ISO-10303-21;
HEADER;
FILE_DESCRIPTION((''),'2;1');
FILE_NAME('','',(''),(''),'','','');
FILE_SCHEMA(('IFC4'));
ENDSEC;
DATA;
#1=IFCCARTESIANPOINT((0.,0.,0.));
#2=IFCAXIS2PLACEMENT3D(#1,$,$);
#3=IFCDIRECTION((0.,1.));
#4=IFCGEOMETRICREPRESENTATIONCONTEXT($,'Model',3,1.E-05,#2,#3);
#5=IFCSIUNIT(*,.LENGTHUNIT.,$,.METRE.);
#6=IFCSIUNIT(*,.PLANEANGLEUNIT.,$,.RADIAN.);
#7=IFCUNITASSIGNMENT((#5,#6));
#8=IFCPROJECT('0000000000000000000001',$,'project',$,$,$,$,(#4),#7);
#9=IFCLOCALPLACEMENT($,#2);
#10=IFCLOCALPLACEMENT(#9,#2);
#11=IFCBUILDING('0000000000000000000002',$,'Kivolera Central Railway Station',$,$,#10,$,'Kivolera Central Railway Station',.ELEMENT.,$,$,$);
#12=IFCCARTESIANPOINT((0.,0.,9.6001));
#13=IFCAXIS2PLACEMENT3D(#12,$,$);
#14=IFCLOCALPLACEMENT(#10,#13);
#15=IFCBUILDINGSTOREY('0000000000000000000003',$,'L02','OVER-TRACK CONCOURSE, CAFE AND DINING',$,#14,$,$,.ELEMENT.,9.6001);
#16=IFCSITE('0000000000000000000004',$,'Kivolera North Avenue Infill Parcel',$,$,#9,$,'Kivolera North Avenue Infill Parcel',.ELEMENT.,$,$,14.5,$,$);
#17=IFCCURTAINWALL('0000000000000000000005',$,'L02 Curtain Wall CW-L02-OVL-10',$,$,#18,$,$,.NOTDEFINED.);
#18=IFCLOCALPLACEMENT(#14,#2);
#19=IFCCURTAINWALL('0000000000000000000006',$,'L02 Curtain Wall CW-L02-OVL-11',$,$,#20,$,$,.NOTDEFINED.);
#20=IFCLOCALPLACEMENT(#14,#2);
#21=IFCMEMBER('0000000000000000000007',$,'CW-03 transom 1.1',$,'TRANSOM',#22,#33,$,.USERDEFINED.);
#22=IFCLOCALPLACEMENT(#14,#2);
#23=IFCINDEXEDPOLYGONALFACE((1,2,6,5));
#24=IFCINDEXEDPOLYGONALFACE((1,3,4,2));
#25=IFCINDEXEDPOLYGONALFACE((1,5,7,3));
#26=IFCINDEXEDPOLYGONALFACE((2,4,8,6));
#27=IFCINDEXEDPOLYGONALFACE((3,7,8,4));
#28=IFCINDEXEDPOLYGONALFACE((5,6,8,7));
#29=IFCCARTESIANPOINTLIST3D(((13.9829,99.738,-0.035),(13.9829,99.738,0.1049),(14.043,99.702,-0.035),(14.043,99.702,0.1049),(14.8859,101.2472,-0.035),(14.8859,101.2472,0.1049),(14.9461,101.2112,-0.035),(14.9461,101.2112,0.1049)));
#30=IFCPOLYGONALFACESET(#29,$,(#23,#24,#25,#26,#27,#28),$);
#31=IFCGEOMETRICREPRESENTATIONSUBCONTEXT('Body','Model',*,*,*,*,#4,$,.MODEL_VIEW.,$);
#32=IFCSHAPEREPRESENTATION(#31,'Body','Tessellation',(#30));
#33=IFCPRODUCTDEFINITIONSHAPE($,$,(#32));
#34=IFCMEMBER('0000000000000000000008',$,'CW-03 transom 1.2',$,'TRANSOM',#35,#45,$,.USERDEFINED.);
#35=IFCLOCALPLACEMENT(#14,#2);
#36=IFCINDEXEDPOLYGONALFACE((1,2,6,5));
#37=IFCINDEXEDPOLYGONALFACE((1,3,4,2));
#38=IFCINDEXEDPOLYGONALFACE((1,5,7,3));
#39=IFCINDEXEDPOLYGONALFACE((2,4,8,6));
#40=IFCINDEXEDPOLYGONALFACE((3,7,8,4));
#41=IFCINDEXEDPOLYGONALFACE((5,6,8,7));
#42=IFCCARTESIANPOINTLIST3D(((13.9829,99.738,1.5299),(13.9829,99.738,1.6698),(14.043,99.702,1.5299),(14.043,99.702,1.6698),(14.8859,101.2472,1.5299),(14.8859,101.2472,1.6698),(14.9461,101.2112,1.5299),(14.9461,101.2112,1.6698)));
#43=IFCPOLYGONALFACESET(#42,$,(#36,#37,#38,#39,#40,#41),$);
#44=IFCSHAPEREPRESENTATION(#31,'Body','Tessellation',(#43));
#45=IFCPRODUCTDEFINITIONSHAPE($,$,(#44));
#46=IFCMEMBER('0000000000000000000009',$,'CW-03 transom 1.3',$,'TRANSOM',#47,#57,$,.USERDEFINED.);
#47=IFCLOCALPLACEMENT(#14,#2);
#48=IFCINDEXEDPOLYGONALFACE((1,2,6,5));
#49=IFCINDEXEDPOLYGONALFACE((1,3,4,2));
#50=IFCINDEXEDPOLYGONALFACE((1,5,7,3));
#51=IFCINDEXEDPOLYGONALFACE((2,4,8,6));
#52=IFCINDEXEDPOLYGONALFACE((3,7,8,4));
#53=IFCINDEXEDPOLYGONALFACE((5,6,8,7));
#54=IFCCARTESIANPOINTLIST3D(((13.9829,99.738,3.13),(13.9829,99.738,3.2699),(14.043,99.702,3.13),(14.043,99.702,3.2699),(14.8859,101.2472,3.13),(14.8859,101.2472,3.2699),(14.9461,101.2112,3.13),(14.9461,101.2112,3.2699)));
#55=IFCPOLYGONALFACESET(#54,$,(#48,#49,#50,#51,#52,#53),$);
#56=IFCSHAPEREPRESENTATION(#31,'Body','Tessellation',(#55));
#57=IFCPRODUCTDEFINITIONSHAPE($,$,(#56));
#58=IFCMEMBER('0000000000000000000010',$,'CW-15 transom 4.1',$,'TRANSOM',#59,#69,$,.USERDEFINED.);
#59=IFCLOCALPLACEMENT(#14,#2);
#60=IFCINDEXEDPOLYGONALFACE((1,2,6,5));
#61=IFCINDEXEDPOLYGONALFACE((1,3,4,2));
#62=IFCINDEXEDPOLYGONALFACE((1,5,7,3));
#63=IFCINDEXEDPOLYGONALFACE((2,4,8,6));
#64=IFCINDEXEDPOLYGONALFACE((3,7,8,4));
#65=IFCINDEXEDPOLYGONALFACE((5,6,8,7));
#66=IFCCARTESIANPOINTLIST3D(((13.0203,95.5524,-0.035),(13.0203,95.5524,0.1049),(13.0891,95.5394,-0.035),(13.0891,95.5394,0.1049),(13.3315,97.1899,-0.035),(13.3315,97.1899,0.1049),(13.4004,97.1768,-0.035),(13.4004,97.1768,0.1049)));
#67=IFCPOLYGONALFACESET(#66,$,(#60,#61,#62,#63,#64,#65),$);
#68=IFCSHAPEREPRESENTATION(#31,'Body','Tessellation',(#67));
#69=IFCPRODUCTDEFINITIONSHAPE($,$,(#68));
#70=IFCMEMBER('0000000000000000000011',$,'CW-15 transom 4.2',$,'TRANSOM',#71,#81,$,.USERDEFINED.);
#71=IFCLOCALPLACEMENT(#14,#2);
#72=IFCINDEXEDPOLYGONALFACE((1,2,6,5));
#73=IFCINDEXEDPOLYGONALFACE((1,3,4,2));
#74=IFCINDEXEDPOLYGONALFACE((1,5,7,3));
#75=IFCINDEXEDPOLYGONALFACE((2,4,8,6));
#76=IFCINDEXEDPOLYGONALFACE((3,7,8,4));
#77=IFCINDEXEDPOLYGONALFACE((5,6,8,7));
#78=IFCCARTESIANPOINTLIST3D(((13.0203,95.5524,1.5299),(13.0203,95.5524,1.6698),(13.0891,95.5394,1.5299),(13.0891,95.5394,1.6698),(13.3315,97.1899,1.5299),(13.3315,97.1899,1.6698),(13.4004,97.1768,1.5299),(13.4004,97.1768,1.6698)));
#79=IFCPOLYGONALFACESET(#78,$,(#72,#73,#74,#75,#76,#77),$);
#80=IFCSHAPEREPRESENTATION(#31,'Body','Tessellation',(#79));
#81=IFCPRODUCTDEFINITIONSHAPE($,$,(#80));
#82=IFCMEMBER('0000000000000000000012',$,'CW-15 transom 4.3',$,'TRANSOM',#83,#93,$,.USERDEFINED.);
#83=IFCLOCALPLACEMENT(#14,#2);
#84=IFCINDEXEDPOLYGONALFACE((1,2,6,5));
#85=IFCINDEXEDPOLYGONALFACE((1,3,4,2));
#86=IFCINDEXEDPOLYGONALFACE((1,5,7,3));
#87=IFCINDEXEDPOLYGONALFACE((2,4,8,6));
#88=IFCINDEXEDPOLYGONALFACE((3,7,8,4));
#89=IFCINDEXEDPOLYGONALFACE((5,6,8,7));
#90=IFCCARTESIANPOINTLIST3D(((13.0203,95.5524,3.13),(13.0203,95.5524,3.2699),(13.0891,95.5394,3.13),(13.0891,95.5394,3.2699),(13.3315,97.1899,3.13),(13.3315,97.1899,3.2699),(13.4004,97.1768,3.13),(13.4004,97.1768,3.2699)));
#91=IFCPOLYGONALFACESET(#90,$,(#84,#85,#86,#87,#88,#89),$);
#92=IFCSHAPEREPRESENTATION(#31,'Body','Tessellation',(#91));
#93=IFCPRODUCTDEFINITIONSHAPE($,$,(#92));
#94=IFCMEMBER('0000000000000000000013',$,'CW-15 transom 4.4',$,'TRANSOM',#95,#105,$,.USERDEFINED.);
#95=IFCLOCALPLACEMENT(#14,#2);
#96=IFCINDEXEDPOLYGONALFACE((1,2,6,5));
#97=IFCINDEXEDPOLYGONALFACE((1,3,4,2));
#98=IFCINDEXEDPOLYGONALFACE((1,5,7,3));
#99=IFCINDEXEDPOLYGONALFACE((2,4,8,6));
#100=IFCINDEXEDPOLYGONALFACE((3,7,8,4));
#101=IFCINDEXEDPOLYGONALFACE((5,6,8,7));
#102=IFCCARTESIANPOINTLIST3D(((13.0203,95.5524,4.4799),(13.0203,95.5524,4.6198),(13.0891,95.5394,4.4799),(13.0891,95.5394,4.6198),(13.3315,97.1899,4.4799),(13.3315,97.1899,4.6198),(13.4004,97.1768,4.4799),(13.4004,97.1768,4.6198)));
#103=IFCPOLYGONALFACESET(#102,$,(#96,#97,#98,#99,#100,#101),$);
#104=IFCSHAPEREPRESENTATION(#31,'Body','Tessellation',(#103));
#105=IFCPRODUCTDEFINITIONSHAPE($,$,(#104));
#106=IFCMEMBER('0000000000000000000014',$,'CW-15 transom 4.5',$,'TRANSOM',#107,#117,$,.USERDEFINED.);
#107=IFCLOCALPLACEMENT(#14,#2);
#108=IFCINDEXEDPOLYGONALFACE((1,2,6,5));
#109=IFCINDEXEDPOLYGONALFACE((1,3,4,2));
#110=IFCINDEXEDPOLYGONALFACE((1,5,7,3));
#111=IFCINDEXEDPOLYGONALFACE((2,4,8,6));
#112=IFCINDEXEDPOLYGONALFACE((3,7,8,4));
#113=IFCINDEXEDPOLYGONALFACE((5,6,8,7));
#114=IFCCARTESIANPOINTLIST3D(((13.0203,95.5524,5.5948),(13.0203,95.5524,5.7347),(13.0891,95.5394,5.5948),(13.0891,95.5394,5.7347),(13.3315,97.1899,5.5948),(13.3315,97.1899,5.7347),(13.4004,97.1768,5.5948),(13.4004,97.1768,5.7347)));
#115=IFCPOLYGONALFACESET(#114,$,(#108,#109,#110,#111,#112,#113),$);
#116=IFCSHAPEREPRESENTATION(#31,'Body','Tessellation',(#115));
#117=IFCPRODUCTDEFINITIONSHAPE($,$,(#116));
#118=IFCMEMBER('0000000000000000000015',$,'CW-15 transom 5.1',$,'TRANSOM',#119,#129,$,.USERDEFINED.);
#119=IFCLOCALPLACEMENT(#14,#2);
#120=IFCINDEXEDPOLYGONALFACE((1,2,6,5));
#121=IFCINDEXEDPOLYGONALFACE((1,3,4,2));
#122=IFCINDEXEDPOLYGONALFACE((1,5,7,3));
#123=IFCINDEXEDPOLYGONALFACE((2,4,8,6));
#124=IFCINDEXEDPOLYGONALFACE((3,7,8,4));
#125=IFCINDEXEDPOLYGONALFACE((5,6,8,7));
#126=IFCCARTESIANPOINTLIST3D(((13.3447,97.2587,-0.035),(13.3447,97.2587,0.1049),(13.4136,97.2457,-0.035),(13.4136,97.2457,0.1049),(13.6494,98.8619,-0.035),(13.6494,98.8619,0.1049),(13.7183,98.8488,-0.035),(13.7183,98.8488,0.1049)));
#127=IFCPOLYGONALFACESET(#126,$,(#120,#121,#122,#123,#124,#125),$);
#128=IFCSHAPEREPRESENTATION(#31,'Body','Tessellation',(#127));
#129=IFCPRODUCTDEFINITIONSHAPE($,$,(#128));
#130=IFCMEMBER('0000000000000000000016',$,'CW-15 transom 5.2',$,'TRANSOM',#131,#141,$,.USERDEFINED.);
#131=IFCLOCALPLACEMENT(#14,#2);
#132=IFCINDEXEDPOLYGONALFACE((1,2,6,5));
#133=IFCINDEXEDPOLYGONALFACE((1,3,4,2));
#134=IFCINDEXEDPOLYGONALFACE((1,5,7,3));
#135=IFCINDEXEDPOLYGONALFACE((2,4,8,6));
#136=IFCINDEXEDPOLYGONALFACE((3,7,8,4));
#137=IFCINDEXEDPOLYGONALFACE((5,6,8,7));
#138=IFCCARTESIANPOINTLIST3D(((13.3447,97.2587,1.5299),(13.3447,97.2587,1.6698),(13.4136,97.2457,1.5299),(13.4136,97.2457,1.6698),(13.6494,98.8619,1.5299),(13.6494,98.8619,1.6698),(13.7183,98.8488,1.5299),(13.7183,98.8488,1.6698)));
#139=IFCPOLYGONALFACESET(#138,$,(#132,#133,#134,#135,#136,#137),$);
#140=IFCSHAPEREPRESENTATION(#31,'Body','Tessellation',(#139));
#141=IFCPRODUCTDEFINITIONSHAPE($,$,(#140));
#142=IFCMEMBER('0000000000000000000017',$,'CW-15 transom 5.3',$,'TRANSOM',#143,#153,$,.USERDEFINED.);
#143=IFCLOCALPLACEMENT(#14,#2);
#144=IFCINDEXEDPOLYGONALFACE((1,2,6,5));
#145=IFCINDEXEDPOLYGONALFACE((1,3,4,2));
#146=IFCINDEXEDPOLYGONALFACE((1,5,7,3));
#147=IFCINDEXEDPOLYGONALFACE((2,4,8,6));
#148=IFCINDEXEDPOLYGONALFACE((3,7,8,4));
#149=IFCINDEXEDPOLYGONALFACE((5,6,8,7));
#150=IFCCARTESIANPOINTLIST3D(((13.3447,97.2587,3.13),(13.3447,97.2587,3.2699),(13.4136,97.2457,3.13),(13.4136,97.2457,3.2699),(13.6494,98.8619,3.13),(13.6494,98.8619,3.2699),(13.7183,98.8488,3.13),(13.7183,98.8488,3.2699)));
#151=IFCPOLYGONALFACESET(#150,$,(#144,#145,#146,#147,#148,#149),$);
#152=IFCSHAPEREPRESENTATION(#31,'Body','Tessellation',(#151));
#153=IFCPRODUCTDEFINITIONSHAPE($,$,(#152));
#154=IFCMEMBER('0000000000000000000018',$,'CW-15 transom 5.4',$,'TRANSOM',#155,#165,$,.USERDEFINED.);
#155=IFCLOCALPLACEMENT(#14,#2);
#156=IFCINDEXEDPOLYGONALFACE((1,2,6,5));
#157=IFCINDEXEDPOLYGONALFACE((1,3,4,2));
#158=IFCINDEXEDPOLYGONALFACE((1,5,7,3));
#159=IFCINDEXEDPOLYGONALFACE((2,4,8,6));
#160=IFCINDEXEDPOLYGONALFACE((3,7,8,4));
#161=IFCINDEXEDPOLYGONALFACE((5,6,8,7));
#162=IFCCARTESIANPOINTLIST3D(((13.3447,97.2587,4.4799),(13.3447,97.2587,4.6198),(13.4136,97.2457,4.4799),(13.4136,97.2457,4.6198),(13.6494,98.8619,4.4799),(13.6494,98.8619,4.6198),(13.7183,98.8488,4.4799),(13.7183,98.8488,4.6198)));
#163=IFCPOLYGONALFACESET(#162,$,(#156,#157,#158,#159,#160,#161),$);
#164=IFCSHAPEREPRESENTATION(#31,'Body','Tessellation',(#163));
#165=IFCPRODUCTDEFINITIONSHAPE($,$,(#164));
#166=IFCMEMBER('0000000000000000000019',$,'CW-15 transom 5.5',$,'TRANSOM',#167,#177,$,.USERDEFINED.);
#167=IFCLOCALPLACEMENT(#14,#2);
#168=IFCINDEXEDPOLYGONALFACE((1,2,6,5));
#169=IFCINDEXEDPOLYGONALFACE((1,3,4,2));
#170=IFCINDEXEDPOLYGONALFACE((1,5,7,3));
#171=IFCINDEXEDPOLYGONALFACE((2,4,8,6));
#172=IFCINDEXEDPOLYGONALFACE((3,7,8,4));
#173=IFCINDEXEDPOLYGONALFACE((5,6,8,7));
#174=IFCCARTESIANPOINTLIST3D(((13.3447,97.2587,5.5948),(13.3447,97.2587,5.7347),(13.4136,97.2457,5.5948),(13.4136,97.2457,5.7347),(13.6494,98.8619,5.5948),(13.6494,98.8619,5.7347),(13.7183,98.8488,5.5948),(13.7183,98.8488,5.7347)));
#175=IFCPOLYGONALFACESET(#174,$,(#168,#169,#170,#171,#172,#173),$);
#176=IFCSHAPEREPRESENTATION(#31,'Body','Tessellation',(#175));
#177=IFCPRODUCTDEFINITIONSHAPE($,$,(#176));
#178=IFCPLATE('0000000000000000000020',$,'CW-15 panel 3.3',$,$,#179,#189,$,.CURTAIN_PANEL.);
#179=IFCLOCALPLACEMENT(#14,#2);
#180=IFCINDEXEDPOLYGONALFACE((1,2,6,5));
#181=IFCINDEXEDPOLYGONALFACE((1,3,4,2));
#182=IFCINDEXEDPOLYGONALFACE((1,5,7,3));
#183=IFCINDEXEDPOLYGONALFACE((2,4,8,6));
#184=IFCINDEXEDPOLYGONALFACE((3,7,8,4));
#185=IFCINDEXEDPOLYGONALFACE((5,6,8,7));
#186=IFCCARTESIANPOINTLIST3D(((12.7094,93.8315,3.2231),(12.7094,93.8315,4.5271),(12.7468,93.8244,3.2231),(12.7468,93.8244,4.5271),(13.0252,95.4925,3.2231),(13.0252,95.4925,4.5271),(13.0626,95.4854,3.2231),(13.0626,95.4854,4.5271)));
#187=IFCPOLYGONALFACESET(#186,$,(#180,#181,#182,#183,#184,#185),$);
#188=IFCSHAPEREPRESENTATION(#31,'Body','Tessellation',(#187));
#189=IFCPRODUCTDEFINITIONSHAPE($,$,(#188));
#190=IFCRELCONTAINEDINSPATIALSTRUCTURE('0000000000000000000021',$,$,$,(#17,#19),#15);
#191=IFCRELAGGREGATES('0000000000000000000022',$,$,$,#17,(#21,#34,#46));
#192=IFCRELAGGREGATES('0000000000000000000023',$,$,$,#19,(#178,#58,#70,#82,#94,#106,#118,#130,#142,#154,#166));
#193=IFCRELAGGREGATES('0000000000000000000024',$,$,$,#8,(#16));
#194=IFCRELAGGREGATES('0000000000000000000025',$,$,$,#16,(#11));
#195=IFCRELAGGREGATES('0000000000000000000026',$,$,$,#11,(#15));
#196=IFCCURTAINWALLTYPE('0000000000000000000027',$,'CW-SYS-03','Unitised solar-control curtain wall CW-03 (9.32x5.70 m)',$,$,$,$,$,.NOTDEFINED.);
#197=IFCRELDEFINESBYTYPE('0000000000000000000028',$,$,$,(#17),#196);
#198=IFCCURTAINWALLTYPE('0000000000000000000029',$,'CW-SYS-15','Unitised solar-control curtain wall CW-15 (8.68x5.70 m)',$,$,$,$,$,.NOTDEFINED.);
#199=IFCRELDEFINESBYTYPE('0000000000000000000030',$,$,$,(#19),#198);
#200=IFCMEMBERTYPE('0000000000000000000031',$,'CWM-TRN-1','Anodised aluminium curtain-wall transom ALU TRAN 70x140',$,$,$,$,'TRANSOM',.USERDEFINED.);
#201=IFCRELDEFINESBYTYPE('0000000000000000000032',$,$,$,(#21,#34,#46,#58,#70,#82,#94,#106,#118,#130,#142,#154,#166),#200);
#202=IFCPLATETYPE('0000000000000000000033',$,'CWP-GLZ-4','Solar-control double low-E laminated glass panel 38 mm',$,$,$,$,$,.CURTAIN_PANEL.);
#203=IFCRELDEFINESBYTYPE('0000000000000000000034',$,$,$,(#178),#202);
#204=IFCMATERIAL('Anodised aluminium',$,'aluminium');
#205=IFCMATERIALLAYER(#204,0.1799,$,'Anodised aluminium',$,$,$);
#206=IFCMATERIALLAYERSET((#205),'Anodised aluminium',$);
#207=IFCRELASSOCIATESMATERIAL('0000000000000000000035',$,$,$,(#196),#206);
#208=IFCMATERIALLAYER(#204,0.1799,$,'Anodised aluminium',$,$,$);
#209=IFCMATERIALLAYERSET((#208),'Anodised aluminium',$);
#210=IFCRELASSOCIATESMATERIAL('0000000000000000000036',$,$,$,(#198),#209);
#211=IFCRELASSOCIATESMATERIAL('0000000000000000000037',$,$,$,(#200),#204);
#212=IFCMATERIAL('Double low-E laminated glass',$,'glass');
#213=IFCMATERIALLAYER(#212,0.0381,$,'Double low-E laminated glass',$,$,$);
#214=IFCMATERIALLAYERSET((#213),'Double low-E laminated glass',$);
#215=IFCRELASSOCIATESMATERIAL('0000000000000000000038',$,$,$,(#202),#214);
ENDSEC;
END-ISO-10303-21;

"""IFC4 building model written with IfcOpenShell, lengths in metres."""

from ifc_helpers import new_model, si_unit, direction, frame, origin, origin_2d, place, context, subcontext, project, spatial, rectangle, extrude, material, layer, layer_set, material_profile, profile_set, type_object, element, aggregate, save


model = new_model("IFC4")

# Units and contexts
model_context = context("Model", 3, precision=1e-05, world=origin(), true_north=direction((0.0, 1.0)))
body_context = subcontext(model_context, "Body", "Model", "MODEL_VIEW")
ifc_project = project(units=[si_unit("LENGTHUNIT", "METRE"), si_unit("PLANEANGLEUNIT", "RADIAN")], contexts=[model_context])

# Site, building, storey
site_placement = place(None, origin())
site = spatial("IfcSite", under=ifc_project, at=site_placement, Name="Kivolera North Avenue Infill Parcel", LongName="Kivolera North Avenue Infill Parcel", CompositionType="ELEMENT", RefElevation=14.5)
building_placement = place(site_placement, origin())
building = spatial("IfcBuilding", under=site, at=building_placement, Name="Kivolera Central Railway Station", LongName="Kivolera Central Railway Station", CompositionType="ELEMENT")
storey_placement = place(building_placement, frame((0.0, 0.0, 9.6001)))
storey = spatial("IfcBuildingStorey", under=building, at=storey_placement, Name="L02", Description="OVER-TRACK CONCOURSE, CAFE AND DINING", CompositionType="ELEMENT", Elevation=9.6001)

# Curtain wall
ifc_material_1 = material(Name="Anodised aluminium", Category="aluminium")
ifc_layer_1 = layer(ifc_material_1, 0.1799, Name="Anodised aluminium")
ifc_layer_set_1 = layer_set([ifc_layer_1], Name="Anodised aluminium")
curtain_wall_type_1 = type_object("IfcCurtainWallType", Name="CW-SYS-03", Description="Unitised solar-control curtain wall CW-03 (9.32x5.70 m)", PredefinedType="NOTDEFINED", material=ifc_layer_set_1)
curtain_wall_1_placement = place(storey_placement, origin())
curtain_wall_1 = element("IfcCurtainWall", 1, at=curtain_wall_1_placement, inside=storey, type_object=curtain_wall_type_1, Name="L02 Curtain Wall CW-L02-OVL-10", PredefinedType="NOTDEFINED")

# Curtain wall
ifc_layer_2 = layer(ifc_material_1, 0.1799, Name="Anodised aluminium")
ifc_layer_set_2 = layer_set([ifc_layer_2], Name="Anodised aluminium")
curtain_wall_type_2 = type_object("IfcCurtainWallType", Name="CW-SYS-15", Description="Unitised solar-control curtain wall CW-15 (8.68x5.70 m)", PredefinedType="NOTDEFINED", material=ifc_layer_set_2)
curtain_wall_2_placement = place(storey_placement, origin())
curtain_wall_2 = element("IfcCurtainWall", 2, at=curtain_wall_2_placement, inside=storey, type_object=curtain_wall_type_2, Name="L02 Curtain Wall CW-L02-OVL-11", PredefinedType="NOTDEFINED")

# Members
ifc_material_profile_1 = material_profile(ifc_material_1, rectangle(XDim=0.0701, YDim=0.1399, at=origin_2d()), Name="ALU TRAN 70x140")
ifc_profile_set_1 = profile_set([ifc_material_profile_1], Name="Anodised aluminium")
member_type_1 = type_object("IfcMemberType", Name="CWM-TRN-1", Description="Anodised aluminium curtain-wall transom ALU TRAN 70x140", ElementType="TRANSOM", PredefinedType="USERDEFINED", material=ifc_profile_set_1)
member_1_placement = place(storey_placement, frame((14.0129, 99.72, 0.0349), z_axis=(0.513454, 0.858117, 0.0), x_axis=(-0.858117, 0.513454, 0.0)))
member_1 = element("IfcMember", 3, at=member_1_placement, type_object=member_type_1, Name="CW-03 transom 1.1", ObjectType="TRANSOM", PredefinedType="USERDEFINED", context=body_context, shape_type="SweptSolid", body=[
    extrude(rectangle(XDim=0.0701, YDim=0.1399, at=origin_2d()), origin(), (0.0, 0.0, 1.0), 1.7588),
])
member_2_placement = place(storey_placement, frame((14.0129, 99.72, 1.5999), z_axis=(0.513454, 0.858117, 0.0), x_axis=(-0.858117, 0.513454, 0.0)))
member_2 = element("IfcMember", 4, at=member_2_placement, type_object=member_type_1, Name="CW-03 transom 1.2", ObjectType="TRANSOM", PredefinedType="USERDEFINED", context=body_context, shape_type="SweptSolid", body=[
    extrude(rectangle(XDim=0.0701, YDim=0.1399, at=origin_2d()), origin(), (0.0, 0.0, 1.0), 1.7588),
])
member_3_placement = place(storey_placement, frame((14.0129, 99.72, 3.2), z_axis=(0.513454, 0.858117, 0.0), x_axis=(-0.858117, 0.513454, 0.0)))
member_3 = element("IfcMember", 5, at=member_3_placement, type_object=member_type_1, Name="CW-03 transom 1.3", ObjectType="TRANSOM", PredefinedType="USERDEFINED", context=body_context, shape_type="SweptSolid", body=[
    extrude(rectangle(XDim=0.0701, YDim=0.1399, at=origin_2d()), origin(), (0.0, 0.0, 1.0), 1.7588),
])
aggregate(curtain_wall_1, [member_1, member_2, member_3])
member_4_placement = place(storey_placement, frame((13.0547, 95.5459, 0.0349), z_axis=(0.186755, 0.982406, 0.0), x_axis=(-0.982406, 0.186755, 0.0)))
member_4 = element("IfcMember", 6, at=member_4_placement, type_object=member_type_1, Name="CW-15 transom 4.1", ObjectType="TRANSOM", PredefinedType="USERDEFINED", context=body_context, shape_type="SweptSolid", body=[
    extrude(rectangle(XDim=0.0701, YDim=0.1399, at=origin_2d()), origin(), (0.0, 0.0, 1.0), 1.6667),
])
member_5_placement = place(storey_placement, frame((13.0547, 95.5459, 1.5999), z_axis=(0.186755, 0.982406, 0.0), x_axis=(-0.982406, 0.186755, 0.0)))
member_5 = element("IfcMember", 7, at=member_5_placement, type_object=member_type_1, Name="CW-15 transom 4.2", ObjectType="TRANSOM", PredefinedType="USERDEFINED", context=body_context, shape_type="SweptSolid", body=[
    extrude(rectangle(XDim=0.0701, YDim=0.1399, at=origin_2d()), origin(), (0.0, 0.0, 1.0), 1.6667),
])
member_6_placement = place(storey_placement, frame((13.0547, 95.5459, 3.2), z_axis=(0.186755, 0.982406, 0.0), x_axis=(-0.982406, 0.186755, 0.0)))
member_6 = element("IfcMember", 8, at=member_6_placement, type_object=member_type_1, Name="CW-15 transom 4.3", ObjectType="TRANSOM", PredefinedType="USERDEFINED", context=body_context, shape_type="SweptSolid", body=[
    extrude(rectangle(XDim=0.0701, YDim=0.1399, at=origin_2d()), origin(), (0.0, 0.0, 1.0), 1.6667),
])
member_7_placement = place(storey_placement, frame((13.0547, 95.5459, 4.5498), z_axis=(0.186755, 0.982406, 0.0), x_axis=(-0.982406, 0.186755, 0.0)))
member_7 = element("IfcMember", 9, at=member_7_placement, type_object=member_type_1, Name="CW-15 transom 4.4", ObjectType="TRANSOM", PredefinedType="USERDEFINED", context=body_context, shape_type="SweptSolid", body=[
    extrude(rectangle(XDim=0.0701, YDim=0.1399, at=origin_2d()), origin(), (0.0, 0.0, 1.0), 1.6667),
])
member_8_placement = place(storey_placement, frame((13.0547, 95.5459, 5.6648), z_axis=(0.186755, 0.982406, 0.0), x_axis=(-0.982406, 0.186755, 0.0)))
member_8 = element("IfcMember", 10, at=member_8_placement, type_object=member_type_1, Name="CW-15 transom 4.5", ObjectType="TRANSOM", PredefinedType="USERDEFINED", context=body_context, shape_type="SweptSolid", body=[
    extrude(rectangle(XDim=0.0701, YDim=0.1399, at=origin_2d()), origin(), (0.0, 0.0, 1.0), 1.6667),
])
member_9_placement = place(storey_placement, frame((13.3792, 97.2522, 0.0349), z_axis=(0.186727, 0.982412, 0.0), x_axis=(-0.982412, 0.186727, 0.0)))
member_9 = element("IfcMember", 11, at=member_9_placement, type_object=member_type_1, Name="CW-15 transom 5.1", ObjectType="TRANSOM", PredefinedType="USERDEFINED", context=body_context, shape_type="SweptSolid", body=[
    extrude(rectangle(XDim=0.0701, YDim=0.1399, at=origin_2d()), origin(), (0.0, 0.0, 1.0), 1.6318),
])
member_10_placement = place(storey_placement, frame((13.3792, 97.2522, 1.5999), z_axis=(0.186727, 0.982412, 0.0), x_axis=(-0.982412, 0.186727, 0.0)))
member_10 = element("IfcMember", 12, at=member_10_placement, type_object=member_type_1, Name="CW-15 transom 5.2", ObjectType="TRANSOM", PredefinedType="USERDEFINED", context=body_context, shape_type="SweptSolid", body=[
    extrude(rectangle(XDim=0.0701, YDim=0.1399, at=origin_2d()), origin(), (0.0, 0.0, 1.0), 1.6318),
])
member_11_placement = place(storey_placement, frame((13.3792, 97.2522, 3.2), z_axis=(0.186727, 0.982412, 0.0), x_axis=(-0.982412, 0.186727, 0.0)))
member_11 = element("IfcMember", 13, at=member_11_placement, type_object=member_type_1, Name="CW-15 transom 5.3", ObjectType="TRANSOM", PredefinedType="USERDEFINED", context=body_context, shape_type="SweptSolid", body=[
    extrude(rectangle(XDim=0.0701, YDim=0.1399, at=origin_2d()), origin(), (0.0, 0.0, 1.0), 1.6318),
])
member_12_placement = place(storey_placement, frame((13.3792, 97.2522, 4.5498), z_axis=(0.186727, 0.982412, 0.0), x_axis=(-0.982412, 0.186727, 0.0)))
member_12 = element("IfcMember", 14, at=member_12_placement, type_object=member_type_1, Name="CW-15 transom 5.4", ObjectType="TRANSOM", PredefinedType="USERDEFINED", context=body_context, shape_type="SweptSolid", body=[
    extrude(rectangle(XDim=0.0701, YDim=0.1399, at=origin_2d()), origin(), (0.0, 0.0, 1.0), 1.6318),
])
member_13_placement = place(storey_placement, frame((13.3792, 97.2522, 5.6648), z_axis=(0.186727, 0.982412, 0.0), x_axis=(-0.982412, 0.186727, 0.0)))
member_13 = element("IfcMember", 15, at=member_13_placement, type_object=member_type_1, Name="CW-15 transom 5.5", ObjectType="TRANSOM", PredefinedType="USERDEFINED", context=body_context, shape_type="SweptSolid", body=[
    extrude(rectangle(XDim=0.0701, YDim=0.1399, at=origin_2d()), origin(), (0.0, 0.0, 1.0), 1.6318),
])

# Plate
ifc_material_2 = material(Name="Double low-E laminated glass", Category="glass")
ifc_layer_3 = layer(ifc_material_2, 0.0381, Name="Double low-E laminated glass")
ifc_layer_set_3 = layer_set([ifc_layer_3], Name="Double low-E laminated glass")
plate_type = type_object("IfcPlateType", Name="CWP-GLZ-4", Description="Solar-control double low-E laminated glass panel 38 mm", PredefinedType="CURTAIN_PANEL", material=ifc_layer_set_3)
plate_1_placement = place(storey_placement, frame((12.886, 94.6584, 3.2231), z_axis=(0.0, 0.0, 1.0), x_axis=(0.186784, 0.982401, 0.0)))
plate_1 = element("IfcPlate", 16, at=plate_1_placement, type_object=plate_type, Name="CW-15 panel 3.3", PredefinedType="CURTAIN_PANEL", context=body_context, shape_type="SweptSolid", body=[
    extrude(rectangle(XDim=1.6907, YDim=0.0381, at=origin_2d()), origin(), (0.0, 0.0, 1.0), 1.304),
])
aggregate(curtain_wall_2, [plate_1, member_4, member_5, member_6, member_7, member_8, member_9, member_10, member_11, member_12, member_13])

save(model, "model.ifc")
